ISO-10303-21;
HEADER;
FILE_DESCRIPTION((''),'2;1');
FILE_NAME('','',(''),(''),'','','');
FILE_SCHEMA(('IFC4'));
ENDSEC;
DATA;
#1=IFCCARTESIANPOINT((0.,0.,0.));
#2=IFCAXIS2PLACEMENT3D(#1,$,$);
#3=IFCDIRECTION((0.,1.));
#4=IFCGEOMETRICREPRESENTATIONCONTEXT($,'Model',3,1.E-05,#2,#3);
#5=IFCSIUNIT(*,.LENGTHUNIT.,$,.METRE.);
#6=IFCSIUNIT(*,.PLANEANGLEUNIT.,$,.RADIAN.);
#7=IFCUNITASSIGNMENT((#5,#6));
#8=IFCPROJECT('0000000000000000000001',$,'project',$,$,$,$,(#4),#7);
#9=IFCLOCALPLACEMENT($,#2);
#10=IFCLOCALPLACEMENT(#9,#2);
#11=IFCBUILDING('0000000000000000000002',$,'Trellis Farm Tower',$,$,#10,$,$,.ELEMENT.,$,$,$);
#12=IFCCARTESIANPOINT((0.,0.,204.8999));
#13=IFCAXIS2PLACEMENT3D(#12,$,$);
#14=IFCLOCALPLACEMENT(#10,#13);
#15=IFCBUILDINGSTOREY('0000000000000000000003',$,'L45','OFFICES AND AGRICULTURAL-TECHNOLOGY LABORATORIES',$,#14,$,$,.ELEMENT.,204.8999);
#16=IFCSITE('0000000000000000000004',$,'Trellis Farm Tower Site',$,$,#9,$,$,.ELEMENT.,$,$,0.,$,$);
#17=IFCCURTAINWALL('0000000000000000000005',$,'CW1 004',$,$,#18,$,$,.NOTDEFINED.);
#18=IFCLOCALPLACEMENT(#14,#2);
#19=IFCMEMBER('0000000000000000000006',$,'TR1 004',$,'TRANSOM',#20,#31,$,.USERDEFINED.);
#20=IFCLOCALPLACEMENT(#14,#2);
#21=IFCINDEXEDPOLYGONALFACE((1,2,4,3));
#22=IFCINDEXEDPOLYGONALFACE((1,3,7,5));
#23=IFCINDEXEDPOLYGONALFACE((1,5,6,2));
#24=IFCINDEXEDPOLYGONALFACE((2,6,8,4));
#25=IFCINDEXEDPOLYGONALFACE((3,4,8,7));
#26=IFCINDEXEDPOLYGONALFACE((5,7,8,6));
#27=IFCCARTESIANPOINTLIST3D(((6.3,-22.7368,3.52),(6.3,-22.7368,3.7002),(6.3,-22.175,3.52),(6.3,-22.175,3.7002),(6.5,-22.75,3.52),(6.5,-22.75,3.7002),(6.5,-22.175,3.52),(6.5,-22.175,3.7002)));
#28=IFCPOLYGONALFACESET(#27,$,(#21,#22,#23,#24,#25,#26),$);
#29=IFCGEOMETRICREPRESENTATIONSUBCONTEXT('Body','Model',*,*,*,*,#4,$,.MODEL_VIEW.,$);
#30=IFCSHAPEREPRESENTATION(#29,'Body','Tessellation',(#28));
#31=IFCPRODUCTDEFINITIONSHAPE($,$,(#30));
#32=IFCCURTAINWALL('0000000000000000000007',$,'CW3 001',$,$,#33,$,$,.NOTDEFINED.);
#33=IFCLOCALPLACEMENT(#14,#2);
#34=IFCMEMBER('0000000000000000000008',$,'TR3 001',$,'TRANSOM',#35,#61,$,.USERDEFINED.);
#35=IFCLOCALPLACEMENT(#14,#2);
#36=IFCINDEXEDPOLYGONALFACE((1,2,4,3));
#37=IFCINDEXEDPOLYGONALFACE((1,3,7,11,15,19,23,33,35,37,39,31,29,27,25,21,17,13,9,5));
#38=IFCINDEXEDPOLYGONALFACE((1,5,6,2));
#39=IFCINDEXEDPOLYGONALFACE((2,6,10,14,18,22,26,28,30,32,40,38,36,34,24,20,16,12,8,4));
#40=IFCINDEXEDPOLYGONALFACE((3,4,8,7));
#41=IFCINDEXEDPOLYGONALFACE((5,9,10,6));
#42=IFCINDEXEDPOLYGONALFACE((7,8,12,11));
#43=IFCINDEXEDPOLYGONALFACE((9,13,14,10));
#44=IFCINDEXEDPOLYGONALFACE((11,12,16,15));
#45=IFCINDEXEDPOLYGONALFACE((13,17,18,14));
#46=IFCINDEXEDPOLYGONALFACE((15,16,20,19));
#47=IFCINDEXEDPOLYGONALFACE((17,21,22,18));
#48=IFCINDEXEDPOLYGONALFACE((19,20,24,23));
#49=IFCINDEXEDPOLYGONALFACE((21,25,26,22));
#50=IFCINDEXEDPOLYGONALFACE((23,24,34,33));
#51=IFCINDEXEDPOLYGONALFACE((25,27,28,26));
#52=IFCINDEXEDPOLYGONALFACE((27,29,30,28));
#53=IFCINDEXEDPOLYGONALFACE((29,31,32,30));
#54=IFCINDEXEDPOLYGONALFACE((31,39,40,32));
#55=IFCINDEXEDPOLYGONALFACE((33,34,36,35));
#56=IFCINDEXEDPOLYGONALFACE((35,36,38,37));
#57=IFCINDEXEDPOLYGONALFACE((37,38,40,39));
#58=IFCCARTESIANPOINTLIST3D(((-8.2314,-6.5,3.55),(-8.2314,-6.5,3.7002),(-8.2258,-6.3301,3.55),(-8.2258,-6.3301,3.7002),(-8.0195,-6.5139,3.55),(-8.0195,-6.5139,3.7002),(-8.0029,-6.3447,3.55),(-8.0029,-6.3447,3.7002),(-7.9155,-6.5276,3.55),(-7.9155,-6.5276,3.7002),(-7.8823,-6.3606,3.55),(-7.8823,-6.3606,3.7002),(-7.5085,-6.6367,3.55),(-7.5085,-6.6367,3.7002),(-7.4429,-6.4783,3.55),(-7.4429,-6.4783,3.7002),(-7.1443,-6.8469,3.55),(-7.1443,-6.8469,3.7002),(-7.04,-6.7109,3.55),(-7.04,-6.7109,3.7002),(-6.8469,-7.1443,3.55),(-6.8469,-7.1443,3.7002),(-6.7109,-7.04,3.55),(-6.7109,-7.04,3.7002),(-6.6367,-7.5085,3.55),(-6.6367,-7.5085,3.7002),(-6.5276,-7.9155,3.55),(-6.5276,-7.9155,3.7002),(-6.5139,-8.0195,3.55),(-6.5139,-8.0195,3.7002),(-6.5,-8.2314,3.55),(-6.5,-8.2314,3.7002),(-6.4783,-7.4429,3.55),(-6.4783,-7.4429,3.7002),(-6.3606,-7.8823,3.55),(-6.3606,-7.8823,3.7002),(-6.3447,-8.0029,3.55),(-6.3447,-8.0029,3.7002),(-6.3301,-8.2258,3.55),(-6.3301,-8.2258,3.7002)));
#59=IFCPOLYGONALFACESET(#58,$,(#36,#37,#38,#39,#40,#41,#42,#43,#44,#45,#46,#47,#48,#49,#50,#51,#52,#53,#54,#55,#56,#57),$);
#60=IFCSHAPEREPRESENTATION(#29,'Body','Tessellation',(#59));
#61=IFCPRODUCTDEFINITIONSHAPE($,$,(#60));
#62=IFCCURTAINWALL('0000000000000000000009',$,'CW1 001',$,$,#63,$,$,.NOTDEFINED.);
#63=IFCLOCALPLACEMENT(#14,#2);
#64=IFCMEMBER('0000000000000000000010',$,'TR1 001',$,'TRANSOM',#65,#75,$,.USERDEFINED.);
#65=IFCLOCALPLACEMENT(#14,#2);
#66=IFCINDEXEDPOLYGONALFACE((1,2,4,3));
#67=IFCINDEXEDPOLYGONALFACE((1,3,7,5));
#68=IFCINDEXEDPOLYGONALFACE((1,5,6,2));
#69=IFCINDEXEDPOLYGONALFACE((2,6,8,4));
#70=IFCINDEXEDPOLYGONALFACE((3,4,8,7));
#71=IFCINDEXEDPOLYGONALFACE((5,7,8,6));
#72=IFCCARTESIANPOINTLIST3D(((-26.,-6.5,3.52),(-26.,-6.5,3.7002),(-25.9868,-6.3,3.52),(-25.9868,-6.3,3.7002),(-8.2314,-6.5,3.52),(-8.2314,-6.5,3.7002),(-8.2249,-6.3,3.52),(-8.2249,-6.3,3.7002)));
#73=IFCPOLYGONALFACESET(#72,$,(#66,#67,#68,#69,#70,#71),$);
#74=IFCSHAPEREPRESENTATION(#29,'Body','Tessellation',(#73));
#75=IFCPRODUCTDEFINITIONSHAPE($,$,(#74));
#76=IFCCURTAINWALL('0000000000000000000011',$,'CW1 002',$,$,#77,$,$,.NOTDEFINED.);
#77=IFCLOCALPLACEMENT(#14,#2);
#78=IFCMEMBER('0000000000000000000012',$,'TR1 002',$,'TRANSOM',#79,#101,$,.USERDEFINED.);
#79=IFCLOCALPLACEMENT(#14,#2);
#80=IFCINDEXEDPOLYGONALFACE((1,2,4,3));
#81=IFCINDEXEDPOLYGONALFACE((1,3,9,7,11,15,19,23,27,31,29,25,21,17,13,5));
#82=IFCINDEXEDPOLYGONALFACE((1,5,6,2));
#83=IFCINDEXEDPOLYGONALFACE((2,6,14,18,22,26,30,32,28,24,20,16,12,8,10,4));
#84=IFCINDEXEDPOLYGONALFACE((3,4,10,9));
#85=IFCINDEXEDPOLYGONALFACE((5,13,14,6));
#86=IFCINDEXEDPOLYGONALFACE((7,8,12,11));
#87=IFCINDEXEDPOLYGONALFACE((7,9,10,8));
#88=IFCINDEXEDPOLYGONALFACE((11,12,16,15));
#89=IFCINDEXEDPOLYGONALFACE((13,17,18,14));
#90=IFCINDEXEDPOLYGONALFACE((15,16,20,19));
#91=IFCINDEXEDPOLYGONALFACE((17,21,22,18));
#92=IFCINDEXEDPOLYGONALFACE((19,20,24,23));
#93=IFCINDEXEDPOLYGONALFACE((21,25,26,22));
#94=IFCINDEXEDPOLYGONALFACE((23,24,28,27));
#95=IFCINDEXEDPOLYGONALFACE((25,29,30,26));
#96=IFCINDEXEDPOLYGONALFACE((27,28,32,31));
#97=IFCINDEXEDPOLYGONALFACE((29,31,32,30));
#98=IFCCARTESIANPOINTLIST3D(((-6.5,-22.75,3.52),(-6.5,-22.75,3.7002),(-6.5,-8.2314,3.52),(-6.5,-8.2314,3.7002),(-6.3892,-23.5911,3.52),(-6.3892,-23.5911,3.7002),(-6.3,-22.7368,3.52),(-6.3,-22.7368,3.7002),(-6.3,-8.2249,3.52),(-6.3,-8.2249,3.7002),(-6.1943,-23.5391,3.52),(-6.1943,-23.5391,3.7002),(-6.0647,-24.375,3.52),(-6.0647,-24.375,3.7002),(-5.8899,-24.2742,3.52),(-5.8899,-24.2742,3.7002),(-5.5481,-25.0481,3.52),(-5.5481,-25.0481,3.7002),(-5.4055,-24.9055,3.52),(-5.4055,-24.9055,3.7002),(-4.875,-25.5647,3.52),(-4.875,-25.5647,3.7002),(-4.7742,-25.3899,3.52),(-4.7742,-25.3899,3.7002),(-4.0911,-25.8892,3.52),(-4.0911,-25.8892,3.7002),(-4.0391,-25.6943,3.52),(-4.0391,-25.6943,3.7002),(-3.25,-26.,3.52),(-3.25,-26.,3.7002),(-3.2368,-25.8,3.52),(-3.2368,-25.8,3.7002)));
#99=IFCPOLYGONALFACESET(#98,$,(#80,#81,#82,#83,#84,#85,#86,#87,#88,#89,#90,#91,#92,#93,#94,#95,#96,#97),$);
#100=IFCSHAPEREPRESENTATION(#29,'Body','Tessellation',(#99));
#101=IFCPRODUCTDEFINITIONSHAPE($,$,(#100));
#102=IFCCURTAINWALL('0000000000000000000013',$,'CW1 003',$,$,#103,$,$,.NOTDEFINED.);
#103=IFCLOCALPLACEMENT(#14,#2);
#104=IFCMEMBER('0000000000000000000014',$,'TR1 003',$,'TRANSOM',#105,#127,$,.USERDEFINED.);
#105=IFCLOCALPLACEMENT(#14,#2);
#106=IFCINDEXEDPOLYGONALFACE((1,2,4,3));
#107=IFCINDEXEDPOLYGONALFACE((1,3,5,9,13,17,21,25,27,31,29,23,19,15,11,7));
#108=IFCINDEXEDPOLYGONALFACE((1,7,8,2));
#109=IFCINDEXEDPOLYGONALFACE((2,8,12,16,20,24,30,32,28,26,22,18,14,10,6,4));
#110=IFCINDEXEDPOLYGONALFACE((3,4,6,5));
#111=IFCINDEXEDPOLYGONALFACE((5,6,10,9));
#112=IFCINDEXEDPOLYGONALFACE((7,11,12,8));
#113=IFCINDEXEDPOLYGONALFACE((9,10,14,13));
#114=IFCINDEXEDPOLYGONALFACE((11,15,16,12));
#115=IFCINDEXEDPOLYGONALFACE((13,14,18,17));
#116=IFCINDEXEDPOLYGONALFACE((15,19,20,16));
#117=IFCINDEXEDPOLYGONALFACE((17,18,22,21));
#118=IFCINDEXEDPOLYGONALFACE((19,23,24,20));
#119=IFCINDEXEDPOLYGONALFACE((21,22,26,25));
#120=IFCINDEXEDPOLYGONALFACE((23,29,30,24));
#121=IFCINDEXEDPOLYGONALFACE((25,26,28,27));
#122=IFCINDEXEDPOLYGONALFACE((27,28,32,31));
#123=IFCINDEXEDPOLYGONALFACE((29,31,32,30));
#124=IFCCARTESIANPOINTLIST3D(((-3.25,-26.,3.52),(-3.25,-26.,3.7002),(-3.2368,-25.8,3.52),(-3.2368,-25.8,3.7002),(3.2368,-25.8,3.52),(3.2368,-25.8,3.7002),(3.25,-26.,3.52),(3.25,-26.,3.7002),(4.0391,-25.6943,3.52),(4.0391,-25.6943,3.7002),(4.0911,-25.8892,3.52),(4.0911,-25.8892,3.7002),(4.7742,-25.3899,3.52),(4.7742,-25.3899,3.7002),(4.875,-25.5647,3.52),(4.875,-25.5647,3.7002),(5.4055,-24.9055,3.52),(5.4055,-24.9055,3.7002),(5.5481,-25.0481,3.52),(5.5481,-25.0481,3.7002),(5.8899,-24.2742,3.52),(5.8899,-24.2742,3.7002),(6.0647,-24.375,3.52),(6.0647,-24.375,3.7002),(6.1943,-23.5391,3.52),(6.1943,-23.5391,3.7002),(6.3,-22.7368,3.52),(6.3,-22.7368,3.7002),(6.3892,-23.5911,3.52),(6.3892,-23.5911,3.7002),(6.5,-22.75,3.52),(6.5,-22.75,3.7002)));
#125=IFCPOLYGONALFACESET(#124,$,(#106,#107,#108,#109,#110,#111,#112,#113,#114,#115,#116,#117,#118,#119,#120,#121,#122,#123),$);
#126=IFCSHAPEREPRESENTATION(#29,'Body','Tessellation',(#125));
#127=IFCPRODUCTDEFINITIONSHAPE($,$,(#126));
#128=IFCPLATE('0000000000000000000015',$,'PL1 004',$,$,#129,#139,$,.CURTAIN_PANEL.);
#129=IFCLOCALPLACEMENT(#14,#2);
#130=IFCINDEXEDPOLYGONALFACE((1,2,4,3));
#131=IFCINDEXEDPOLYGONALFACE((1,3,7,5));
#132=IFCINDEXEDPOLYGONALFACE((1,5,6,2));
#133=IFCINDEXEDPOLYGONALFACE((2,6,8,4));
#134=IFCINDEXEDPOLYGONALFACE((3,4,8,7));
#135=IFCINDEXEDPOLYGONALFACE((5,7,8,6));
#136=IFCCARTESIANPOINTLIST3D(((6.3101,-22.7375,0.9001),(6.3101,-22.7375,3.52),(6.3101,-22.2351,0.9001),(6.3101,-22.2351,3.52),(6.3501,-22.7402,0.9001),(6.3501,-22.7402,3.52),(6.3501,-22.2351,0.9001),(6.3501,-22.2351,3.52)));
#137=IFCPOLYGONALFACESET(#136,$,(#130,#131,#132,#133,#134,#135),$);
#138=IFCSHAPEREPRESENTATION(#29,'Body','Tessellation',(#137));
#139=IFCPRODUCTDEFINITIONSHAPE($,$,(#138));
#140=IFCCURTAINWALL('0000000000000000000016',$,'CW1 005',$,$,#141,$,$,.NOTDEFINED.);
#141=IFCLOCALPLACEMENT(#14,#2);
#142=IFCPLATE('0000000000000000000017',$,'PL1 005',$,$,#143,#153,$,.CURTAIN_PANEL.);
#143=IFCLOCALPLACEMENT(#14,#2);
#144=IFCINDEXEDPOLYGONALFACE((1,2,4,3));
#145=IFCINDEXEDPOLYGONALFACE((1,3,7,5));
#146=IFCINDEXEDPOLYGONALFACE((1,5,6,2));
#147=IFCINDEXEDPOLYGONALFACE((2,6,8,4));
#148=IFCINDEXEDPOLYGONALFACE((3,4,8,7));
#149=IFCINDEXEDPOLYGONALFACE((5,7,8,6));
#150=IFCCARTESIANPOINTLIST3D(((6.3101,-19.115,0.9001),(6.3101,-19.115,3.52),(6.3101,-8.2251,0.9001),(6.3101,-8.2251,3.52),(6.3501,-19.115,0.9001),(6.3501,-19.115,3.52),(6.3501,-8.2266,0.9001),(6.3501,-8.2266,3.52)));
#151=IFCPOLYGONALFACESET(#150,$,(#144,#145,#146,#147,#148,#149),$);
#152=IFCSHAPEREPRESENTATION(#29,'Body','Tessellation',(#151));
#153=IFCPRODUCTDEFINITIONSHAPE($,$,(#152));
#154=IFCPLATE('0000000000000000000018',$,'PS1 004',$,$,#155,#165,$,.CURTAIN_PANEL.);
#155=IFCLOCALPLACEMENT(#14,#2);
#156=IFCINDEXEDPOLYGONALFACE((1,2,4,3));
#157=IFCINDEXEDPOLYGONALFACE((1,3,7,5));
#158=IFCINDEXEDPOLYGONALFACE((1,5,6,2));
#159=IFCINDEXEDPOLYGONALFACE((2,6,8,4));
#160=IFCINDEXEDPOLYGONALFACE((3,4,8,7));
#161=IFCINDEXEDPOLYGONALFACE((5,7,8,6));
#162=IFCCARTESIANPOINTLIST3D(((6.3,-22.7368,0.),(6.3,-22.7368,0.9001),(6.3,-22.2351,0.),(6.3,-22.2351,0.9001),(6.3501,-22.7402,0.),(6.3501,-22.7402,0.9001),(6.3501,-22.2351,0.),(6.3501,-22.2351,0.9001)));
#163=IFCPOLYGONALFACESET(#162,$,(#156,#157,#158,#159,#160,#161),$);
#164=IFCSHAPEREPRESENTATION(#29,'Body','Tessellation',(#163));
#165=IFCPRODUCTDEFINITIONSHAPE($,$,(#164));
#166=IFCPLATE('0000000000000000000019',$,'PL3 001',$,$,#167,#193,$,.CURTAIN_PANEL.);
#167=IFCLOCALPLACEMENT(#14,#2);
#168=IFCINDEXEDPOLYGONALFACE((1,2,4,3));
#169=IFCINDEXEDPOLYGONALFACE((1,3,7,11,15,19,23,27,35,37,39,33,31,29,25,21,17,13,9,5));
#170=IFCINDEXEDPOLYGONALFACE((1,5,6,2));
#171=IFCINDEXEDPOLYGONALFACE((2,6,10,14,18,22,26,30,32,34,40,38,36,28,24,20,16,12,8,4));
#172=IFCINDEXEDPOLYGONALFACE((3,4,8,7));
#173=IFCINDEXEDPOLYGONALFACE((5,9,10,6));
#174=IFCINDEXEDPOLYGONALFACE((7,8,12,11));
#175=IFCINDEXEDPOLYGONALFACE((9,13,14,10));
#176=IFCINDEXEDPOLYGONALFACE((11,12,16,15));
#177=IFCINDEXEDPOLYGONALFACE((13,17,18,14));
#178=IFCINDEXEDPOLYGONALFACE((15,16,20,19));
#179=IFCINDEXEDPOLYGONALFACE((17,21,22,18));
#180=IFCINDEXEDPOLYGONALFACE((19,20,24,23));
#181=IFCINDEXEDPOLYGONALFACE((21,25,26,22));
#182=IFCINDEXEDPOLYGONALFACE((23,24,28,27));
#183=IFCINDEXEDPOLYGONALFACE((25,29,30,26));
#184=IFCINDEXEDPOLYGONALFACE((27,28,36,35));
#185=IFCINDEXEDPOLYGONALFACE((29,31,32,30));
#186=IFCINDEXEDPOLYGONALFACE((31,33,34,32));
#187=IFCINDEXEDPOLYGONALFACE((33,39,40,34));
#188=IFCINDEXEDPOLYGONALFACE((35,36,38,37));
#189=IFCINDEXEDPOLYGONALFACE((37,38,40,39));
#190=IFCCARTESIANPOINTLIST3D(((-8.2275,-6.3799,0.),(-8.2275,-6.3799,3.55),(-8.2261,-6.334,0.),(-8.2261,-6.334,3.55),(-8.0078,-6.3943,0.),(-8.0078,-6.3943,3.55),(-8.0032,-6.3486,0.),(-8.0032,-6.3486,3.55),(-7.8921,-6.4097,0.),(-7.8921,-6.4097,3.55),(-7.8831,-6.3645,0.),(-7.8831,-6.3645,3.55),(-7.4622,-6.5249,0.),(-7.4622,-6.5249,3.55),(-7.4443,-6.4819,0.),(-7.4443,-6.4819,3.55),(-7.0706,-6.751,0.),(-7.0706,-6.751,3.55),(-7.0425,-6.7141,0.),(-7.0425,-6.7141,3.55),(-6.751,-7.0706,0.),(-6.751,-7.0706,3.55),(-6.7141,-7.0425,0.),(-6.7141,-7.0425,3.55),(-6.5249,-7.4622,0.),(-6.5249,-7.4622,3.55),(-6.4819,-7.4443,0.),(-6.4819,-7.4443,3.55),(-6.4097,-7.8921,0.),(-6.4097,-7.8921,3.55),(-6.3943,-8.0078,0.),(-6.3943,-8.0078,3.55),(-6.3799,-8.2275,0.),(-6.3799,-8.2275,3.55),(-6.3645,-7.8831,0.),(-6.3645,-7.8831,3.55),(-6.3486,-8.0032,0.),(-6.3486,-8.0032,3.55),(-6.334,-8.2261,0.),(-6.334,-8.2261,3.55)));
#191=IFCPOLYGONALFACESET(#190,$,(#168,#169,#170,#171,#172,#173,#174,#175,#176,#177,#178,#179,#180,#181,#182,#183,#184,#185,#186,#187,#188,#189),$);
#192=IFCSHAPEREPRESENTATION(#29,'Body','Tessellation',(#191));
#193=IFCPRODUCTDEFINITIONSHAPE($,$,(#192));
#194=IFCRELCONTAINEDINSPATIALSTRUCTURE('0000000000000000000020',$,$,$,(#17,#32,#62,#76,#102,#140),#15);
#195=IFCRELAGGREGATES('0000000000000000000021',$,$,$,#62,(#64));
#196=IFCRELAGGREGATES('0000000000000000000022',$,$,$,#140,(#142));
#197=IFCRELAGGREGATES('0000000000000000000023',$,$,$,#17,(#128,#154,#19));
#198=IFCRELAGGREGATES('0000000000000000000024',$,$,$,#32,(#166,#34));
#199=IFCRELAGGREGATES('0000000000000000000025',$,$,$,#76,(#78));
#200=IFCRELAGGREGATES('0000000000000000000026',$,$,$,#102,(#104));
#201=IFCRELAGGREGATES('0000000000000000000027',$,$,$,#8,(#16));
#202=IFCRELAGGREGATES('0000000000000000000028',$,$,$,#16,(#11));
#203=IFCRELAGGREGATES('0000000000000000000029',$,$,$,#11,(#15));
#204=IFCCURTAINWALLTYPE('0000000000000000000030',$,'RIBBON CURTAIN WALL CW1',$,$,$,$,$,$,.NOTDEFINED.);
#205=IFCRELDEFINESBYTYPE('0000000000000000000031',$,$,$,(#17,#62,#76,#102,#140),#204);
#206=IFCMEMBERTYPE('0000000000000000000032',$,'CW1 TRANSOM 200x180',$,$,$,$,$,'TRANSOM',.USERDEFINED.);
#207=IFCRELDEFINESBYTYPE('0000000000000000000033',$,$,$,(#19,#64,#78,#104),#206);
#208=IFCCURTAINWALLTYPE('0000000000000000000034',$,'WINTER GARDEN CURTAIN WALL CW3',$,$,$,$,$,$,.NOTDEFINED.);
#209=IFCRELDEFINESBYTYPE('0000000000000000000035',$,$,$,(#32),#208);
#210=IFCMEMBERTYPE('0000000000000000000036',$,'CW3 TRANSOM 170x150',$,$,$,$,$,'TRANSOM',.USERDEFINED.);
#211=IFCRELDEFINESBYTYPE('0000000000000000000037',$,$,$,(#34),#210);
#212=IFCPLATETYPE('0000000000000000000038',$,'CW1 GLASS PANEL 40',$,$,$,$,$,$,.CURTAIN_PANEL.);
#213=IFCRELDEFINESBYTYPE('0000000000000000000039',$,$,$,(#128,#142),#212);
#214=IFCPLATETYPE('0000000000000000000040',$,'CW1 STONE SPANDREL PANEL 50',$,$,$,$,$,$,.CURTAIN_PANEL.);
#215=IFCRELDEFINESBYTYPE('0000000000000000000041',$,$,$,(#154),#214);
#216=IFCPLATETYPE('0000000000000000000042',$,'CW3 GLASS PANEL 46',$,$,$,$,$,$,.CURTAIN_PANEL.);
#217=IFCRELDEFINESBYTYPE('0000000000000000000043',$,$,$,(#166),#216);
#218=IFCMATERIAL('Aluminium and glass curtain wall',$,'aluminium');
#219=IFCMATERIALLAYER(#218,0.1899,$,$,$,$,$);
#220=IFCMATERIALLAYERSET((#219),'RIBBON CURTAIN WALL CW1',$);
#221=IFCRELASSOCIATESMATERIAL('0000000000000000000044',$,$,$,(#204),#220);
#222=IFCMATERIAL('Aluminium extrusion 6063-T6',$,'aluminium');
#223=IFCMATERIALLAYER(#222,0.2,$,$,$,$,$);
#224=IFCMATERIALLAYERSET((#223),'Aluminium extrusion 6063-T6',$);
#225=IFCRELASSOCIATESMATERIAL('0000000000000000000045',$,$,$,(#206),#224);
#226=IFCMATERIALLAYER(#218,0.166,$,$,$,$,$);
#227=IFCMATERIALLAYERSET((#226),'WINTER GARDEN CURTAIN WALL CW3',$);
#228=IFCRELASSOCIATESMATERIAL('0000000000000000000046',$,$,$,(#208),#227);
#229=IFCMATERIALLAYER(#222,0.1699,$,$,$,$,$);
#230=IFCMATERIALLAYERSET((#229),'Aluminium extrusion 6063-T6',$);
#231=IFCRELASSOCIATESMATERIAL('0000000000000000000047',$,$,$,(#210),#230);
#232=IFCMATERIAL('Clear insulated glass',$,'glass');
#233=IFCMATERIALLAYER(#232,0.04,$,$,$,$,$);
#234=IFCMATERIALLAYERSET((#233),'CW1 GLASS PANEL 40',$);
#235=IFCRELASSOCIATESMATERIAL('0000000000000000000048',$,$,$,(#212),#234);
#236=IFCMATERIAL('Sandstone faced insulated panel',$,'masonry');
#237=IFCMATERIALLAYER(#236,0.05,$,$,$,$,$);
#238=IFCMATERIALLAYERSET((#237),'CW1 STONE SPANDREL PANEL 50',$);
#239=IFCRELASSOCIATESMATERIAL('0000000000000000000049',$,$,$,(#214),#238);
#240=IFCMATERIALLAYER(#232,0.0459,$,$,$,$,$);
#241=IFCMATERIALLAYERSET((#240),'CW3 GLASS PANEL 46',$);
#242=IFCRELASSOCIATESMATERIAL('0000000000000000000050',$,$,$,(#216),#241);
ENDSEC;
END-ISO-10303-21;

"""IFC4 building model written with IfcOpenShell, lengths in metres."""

from ifc_helpers import new_model, si_unit, direction, frame, origin, place, context, subcontext, project, spatial, polyline, outline, extrude, source, transform, mapped, material, layer, layer_set, type_object, element, aggregate, save


model = new_model("IFC4")

# Units and contexts
model_context = context("Model", 3, precision=1e-05, world=origin(), true_north=direction((0.0, 1.0)))
body_context = subcontext(model_context, "Body", "Model", "MODEL_VIEW")
ifc_project = project(units=[si_unit("LENGTHUNIT", "METRE"), si_unit("PLANEANGLEUNIT", "RADIAN")], contexts=[model_context])

# Site, building, storey
site_placement = place(None, origin())
site = spatial("IfcSite", under=ifc_project, at=site_placement, Name="Trellis Farm Tower Site", CompositionType="ELEMENT", RefElevation=0.0)
building_placement = place(site_placement, origin())
building = spatial("IfcBuilding", under=site, at=building_placement, Name="Trellis Farm Tower", CompositionType="ELEMENT")
storey_placement = place(building_placement, frame((0.0, 0.0, 204.8999)))
storey = spatial("IfcBuildingStorey", under=building, at=storey_placement, Name="L45", Description="OFFICES AND AGRICULTURAL-TECHNOLOGY LABORATORIES", CompositionType="ELEMENT", Elevation=204.8999)

# Curtain walls, members
ifc_material_1 = material(Name="Aluminium and glass curtain wall", Category="aluminium")
ifc_layer_1 = layer(ifc_material_1, 0.1899)
ifc_layer_set_1 = layer_set([ifc_layer_1], Name="RIBBON CURTAIN WALL CW1")
curtain_wall_type_1 = type_object("IfcCurtainWallType", Name="RIBBON CURTAIN WALL CW1", PredefinedType="NOTDEFINED", material=ifc_layer_set_1)
placement_1 = place(storey_placement, origin())
curtain_wall_1 = element("IfcCurtainWall", 1, at=placement_1, inside=storey, type_object=curtain_wall_type_1, Name="CW1 004", PredefinedType="NOTDEFINED")
ifc_material_2 = material(Name="Aluminium extrusion 6063-T6", Category="aluminium")
ifc_layer_2 = layer(ifc_material_2, 0.2)
ifc_layer_set_2 = layer_set([ifc_layer_2], Name="Aluminium extrusion 6063-T6")
member_type_1 = type_object("IfcMemberType", Name="CW1 TRANSOM 200x180", ElementType="TRANSOM", PredefinedType="USERDEFINED", material=ifc_layer_set_2)
placement_2 = place(storey_placement, frame((0.0, 0.0, 3.52)))
member_1 = element("IfcMember", 2, at=placement_2, type_object=member_type_1, Name="TR1 004", ObjectType="TRANSOM", PredefinedType="USERDEFINED", context=body_context, shape_type="SweptSolid", body=[
    extrude(outline(polyline([(6.5, -22.75), (6.5, -22.175), (6.3, -22.175), (6.3, -22.7368), (6.5, -22.75)])), origin(), (0.0, 0.0, 1.0), 0.1802),
])
ifc_layer_3 = layer(ifc_material_1, 0.166)
ifc_layer_set_3 = layer_set([ifc_layer_3], Name="WINTER GARDEN CURTAIN WALL CW3")
curtain_wall_type_2 = type_object("IfcCurtainWallType", Name="WINTER GARDEN CURTAIN WALL CW3", PredefinedType="NOTDEFINED", material=ifc_layer_set_3)
curtain_wall_2 = element("IfcCurtainWall", 3, at=placement_1, inside=storey, type_object=curtain_wall_type_2, Name="CW3 001", PredefinedType="NOTDEFINED")
ifc_layer_4 = layer(ifc_material_2, 0.1699)
ifc_layer_set_4 = layer_set([ifc_layer_4], Name="Aluminium extrusion 6063-T6")
member_type_2 = type_object("IfcMemberType", Name="CW3 TRANSOM 170x150", ElementType="TRANSOM", PredefinedType="USERDEFINED", material=ifc_layer_set_4)
shared_shape_1 = source(origin(), body_context, "Body", "SweptSolid", [
    extrude(outline(polyline([(-8.2314, -6.5), (-8.0195, -6.5139), (-7.9155, -6.5276), (-7.5085, -6.6367), (-7.1443, -6.8469), (-6.8469, -7.1443), (-6.6367, -7.5085), (-6.5276, -7.9155), (-6.5139, -8.0195), (-6.5, -8.2314), (-6.3301, -8.2258), (-6.3447, -8.0029), (-6.3606, -7.8823), (-6.4783, -7.4429), (-6.7109, -7.04), (-7.04, -6.7109), (-7.4429, -6.4783), (-7.8823, -6.3606), (-8.0029, -6.3447), (-8.2258, -6.3301), (-8.2314, -6.5)])), origin(), (0.0, 0.0, 1.0), 0.1501),
])
member_2_placement = place(storey_placement, frame((0.0, 0.0, 3.55)))
member_2 = element("IfcMember", 4, at=member_2_placement, type_object=member_type_2, Name="TR3 001", ObjectType="TRANSOM", PredefinedType="USERDEFINED", context=body_context, shape_type="MappedRepresentation", body=[
    mapped(shared_shape_1, transform((0.0, 0.0, 0.0))),
])
curtain_wall_3 = element("IfcCurtainWall", 5, at=placement_1, inside=storey, type_object=curtain_wall_type_1, Name="CW1 001", PredefinedType="NOTDEFINED")
shared_shape_2 = source(origin(), body_context, "Body", "SweptSolid", [
    extrude(outline(polyline([(-26.0, -6.5), (-8.2314, -6.5), (-8.2249, -6.3), (-25.9868, -6.3), (-26.0, -6.5)])), origin(), (0.0, 0.0, 1.0), 0.1802),
])
member_3 = element("IfcMember", 6, at=placement_2, type_object=member_type_1, Name="TR1 001", ObjectType="TRANSOM", PredefinedType="USERDEFINED", context=body_context, shape_type="MappedRepresentation", body=[
    mapped(shared_shape_2, transform((0.0, 0.0, 0.0))),
])
aggregate(curtain_wall_3, [member_3])
curtain_wall_4 = element("IfcCurtainWall", 7, at=placement_1, inside=storey, type_object=curtain_wall_type_1, Name="CW1 002", PredefinedType="NOTDEFINED")
shared_shape_3 = source(origin(), body_context, "Body", "SweptSolid", [
    extrude(outline(polyline([(-6.5, -8.2314), (-6.5, -22.75), (-6.3892, -23.5911), (-6.0647, -24.375), (-5.5481, -25.0481), (-4.875, -25.5647), (-4.0911, -25.8892), (-3.25, -26.0), (-3.2368, -25.8), (-4.0391, -25.6943), (-4.7742, -25.3899), (-5.4055, -24.9055), (-5.8899, -24.2742), (-6.1943, -23.5391), (-6.3, -22.7368), (-6.3, -8.2249), (-6.5, -8.2314)])), origin(), (0.0, 0.0, 1.0), 0.1802),
])
member_4 = element("IfcMember", 8, at=placement_2, type_object=member_type_1, Name="TR1 002", ObjectType="TRANSOM", PredefinedType="USERDEFINED", context=body_context, shape_type="MappedRepresentation", body=[
    mapped(shared_shape_3, transform((0.0, 0.0, 0.0))),
])
curtain_wall_5 = element("IfcCurtainWall", 9, at=placement_1, inside=storey, type_object=curtain_wall_type_1, Name="CW1 003", PredefinedType="NOTDEFINED")
shared_shape_4 = source(origin(), body_context, "Body", "SweptSolid", [
    extrude(outline(polyline([(-3.25, -26.0), (3.25, -26.0), (4.0911, -25.8892), (4.875, -25.5647), (5.5481, -25.0481), (6.0647, -24.375), (6.3892, -23.5911), (6.5, -22.75), (6.3, -22.7368), (6.1943, -23.5391), (5.8899, -24.2742), (5.4055, -24.9055), (4.7742, -25.3899), (4.0391, -25.6943), (3.2368, -25.8), (-3.2368, -25.8), (-3.25, -26.0)])), origin(), (0.0, 0.0, 1.0), 0.1802),
])
member_5 = element("IfcMember", 10, at=placement_2, type_object=member_type_1, Name="TR1 003", ObjectType="TRANSOM", PredefinedType="USERDEFINED", context=body_context, shape_type="MappedRepresentation", body=[
    mapped(shared_shape_4, transform((0.0, 0.0, 0.0))),
])

# Plate
ifc_material_3 = material(Name="Clear insulated glass", Category="glass")
ifc_layer_5 = layer(ifc_material_3, 0.04)
ifc_layer_set_5 = layer_set([ifc_layer_5], Name="CW1 GLASS PANEL 40")
plate_type_1 = type_object("IfcPlateType", Name="CW1 GLASS PANEL 40", PredefinedType="CURTAIN_PANEL", material=ifc_layer_set_5)
placement_3 = place(storey_placement, frame((0.0, 0.0, 0.9001)))
plate_1 = element("IfcPlate", 11, at=placement_3, type_object=plate_type_1, Name="PL1 004", PredefinedType="CURTAIN_PANEL", context=body_context, shape_type="SweptSolid", body=[
    extrude(outline(polyline([(6.3501, -22.7402), (6.3501, -22.2351), (6.3101, -22.2351), (6.3101, -22.7375), (6.3501, -22.7402)])), origin(), (0.0, 0.0, 1.0), 2.6199),
])

# Curtain wall, plate
curtain_wall_6 = element("IfcCurtainWall", 12, at=placement_1, inside=storey, type_object=curtain_wall_type_1, Name="CW1 005", PredefinedType="NOTDEFINED")
plate_2 = element("IfcPlate", 13, at=placement_3, type_object=plate_type_1, Name="PL1 005", PredefinedType="CURTAIN_PANEL", context=body_context, shape_type="SweptSolid", body=[
    extrude(outline(polyline([(6.3501, -19.115), (6.3501, -8.2266), (6.3101, -8.2251), (6.3101, -19.115), (6.3501, -19.115)])), origin(), (0.0, 0.0, 1.0), 2.6199),
])
aggregate(curtain_wall_6, [plate_2])

# Plates
ifc_material_4 = material(Name="Sandstone faced insulated panel", Category="masonry")
ifc_layer_6 = layer(ifc_material_4, 0.05)
ifc_layer_set_6 = layer_set([ifc_layer_6], Name="CW1 STONE SPANDREL PANEL 50")
plate_type_2 = type_object("IfcPlateType", Name="CW1 STONE SPANDREL PANEL 50", PredefinedType="CURTAIN_PANEL", material=ifc_layer_set_6)
plate_3 = element("IfcPlate", 14, at=placement_1, type_object=plate_type_2, Name="PS1 004", PredefinedType="CURTAIN_PANEL", context=body_context, shape_type="SweptSolid", body=[
    extrude(outline(polyline([(6.3501, -22.7402), (6.3501, -22.2351), (6.3, -22.2351), (6.3, -22.7368), (6.3501, -22.7402)])), origin(), (0.0, 0.0, 1.0), 0.9001),
])
aggregate(curtain_wall_1, [plate_1, plate_3, member_1])
ifc_layer_7 = layer(ifc_material_3, 0.0459)
ifc_layer_set_7 = layer_set([ifc_layer_7], Name="CW3 GLASS PANEL 46")
plate_type_3 = type_object("IfcPlateType", Name="CW3 GLASS PANEL 46", PredefinedType="CURTAIN_PANEL", material=ifc_layer_set_7)
shared_shape_5 = source(origin(), body_context, "Body", "SweptSolid", [
    extrude(outline(polyline([(-8.2275, -6.3799), (-8.0078, -6.3943), (-7.8921, -6.4097), (-7.4622, -6.5249), (-7.0706, -6.751), (-6.751, -7.0706), (-6.5249, -7.4622), (-6.4097, -7.8921), (-6.3943, -8.0078), (-6.3799, -8.2275), (-6.334, -8.2261), (-6.3486, -8.0032), (-6.3645, -7.8831), (-6.4819, -7.4443), (-6.7141, -7.0425), (-7.0425, -6.7141), (-7.4443, -6.4819), (-7.8831, -6.3645), (-8.0032, -6.3486), (-8.2261, -6.334), (-8.2275, -6.3799)])), origin(), (0.0, 0.0, 1.0), 3.55),
])
plate_4 = element("IfcPlate", 15, at=placement_1, type_object=plate_type_3, Name="PL3 001", PredefinedType="CURTAIN_PANEL", context=body_context, shape_type="MappedRepresentation", body=[
    mapped(shared_shape_5, transform((0.0, 0.0, 0.0))),
])
aggregate(curtain_wall_2, [plate_4, member_2])
aggregate(curtain_wall_4, [member_4])
aggregate(curtain_wall_5, [member_5])

save(model, "model.ifc")
